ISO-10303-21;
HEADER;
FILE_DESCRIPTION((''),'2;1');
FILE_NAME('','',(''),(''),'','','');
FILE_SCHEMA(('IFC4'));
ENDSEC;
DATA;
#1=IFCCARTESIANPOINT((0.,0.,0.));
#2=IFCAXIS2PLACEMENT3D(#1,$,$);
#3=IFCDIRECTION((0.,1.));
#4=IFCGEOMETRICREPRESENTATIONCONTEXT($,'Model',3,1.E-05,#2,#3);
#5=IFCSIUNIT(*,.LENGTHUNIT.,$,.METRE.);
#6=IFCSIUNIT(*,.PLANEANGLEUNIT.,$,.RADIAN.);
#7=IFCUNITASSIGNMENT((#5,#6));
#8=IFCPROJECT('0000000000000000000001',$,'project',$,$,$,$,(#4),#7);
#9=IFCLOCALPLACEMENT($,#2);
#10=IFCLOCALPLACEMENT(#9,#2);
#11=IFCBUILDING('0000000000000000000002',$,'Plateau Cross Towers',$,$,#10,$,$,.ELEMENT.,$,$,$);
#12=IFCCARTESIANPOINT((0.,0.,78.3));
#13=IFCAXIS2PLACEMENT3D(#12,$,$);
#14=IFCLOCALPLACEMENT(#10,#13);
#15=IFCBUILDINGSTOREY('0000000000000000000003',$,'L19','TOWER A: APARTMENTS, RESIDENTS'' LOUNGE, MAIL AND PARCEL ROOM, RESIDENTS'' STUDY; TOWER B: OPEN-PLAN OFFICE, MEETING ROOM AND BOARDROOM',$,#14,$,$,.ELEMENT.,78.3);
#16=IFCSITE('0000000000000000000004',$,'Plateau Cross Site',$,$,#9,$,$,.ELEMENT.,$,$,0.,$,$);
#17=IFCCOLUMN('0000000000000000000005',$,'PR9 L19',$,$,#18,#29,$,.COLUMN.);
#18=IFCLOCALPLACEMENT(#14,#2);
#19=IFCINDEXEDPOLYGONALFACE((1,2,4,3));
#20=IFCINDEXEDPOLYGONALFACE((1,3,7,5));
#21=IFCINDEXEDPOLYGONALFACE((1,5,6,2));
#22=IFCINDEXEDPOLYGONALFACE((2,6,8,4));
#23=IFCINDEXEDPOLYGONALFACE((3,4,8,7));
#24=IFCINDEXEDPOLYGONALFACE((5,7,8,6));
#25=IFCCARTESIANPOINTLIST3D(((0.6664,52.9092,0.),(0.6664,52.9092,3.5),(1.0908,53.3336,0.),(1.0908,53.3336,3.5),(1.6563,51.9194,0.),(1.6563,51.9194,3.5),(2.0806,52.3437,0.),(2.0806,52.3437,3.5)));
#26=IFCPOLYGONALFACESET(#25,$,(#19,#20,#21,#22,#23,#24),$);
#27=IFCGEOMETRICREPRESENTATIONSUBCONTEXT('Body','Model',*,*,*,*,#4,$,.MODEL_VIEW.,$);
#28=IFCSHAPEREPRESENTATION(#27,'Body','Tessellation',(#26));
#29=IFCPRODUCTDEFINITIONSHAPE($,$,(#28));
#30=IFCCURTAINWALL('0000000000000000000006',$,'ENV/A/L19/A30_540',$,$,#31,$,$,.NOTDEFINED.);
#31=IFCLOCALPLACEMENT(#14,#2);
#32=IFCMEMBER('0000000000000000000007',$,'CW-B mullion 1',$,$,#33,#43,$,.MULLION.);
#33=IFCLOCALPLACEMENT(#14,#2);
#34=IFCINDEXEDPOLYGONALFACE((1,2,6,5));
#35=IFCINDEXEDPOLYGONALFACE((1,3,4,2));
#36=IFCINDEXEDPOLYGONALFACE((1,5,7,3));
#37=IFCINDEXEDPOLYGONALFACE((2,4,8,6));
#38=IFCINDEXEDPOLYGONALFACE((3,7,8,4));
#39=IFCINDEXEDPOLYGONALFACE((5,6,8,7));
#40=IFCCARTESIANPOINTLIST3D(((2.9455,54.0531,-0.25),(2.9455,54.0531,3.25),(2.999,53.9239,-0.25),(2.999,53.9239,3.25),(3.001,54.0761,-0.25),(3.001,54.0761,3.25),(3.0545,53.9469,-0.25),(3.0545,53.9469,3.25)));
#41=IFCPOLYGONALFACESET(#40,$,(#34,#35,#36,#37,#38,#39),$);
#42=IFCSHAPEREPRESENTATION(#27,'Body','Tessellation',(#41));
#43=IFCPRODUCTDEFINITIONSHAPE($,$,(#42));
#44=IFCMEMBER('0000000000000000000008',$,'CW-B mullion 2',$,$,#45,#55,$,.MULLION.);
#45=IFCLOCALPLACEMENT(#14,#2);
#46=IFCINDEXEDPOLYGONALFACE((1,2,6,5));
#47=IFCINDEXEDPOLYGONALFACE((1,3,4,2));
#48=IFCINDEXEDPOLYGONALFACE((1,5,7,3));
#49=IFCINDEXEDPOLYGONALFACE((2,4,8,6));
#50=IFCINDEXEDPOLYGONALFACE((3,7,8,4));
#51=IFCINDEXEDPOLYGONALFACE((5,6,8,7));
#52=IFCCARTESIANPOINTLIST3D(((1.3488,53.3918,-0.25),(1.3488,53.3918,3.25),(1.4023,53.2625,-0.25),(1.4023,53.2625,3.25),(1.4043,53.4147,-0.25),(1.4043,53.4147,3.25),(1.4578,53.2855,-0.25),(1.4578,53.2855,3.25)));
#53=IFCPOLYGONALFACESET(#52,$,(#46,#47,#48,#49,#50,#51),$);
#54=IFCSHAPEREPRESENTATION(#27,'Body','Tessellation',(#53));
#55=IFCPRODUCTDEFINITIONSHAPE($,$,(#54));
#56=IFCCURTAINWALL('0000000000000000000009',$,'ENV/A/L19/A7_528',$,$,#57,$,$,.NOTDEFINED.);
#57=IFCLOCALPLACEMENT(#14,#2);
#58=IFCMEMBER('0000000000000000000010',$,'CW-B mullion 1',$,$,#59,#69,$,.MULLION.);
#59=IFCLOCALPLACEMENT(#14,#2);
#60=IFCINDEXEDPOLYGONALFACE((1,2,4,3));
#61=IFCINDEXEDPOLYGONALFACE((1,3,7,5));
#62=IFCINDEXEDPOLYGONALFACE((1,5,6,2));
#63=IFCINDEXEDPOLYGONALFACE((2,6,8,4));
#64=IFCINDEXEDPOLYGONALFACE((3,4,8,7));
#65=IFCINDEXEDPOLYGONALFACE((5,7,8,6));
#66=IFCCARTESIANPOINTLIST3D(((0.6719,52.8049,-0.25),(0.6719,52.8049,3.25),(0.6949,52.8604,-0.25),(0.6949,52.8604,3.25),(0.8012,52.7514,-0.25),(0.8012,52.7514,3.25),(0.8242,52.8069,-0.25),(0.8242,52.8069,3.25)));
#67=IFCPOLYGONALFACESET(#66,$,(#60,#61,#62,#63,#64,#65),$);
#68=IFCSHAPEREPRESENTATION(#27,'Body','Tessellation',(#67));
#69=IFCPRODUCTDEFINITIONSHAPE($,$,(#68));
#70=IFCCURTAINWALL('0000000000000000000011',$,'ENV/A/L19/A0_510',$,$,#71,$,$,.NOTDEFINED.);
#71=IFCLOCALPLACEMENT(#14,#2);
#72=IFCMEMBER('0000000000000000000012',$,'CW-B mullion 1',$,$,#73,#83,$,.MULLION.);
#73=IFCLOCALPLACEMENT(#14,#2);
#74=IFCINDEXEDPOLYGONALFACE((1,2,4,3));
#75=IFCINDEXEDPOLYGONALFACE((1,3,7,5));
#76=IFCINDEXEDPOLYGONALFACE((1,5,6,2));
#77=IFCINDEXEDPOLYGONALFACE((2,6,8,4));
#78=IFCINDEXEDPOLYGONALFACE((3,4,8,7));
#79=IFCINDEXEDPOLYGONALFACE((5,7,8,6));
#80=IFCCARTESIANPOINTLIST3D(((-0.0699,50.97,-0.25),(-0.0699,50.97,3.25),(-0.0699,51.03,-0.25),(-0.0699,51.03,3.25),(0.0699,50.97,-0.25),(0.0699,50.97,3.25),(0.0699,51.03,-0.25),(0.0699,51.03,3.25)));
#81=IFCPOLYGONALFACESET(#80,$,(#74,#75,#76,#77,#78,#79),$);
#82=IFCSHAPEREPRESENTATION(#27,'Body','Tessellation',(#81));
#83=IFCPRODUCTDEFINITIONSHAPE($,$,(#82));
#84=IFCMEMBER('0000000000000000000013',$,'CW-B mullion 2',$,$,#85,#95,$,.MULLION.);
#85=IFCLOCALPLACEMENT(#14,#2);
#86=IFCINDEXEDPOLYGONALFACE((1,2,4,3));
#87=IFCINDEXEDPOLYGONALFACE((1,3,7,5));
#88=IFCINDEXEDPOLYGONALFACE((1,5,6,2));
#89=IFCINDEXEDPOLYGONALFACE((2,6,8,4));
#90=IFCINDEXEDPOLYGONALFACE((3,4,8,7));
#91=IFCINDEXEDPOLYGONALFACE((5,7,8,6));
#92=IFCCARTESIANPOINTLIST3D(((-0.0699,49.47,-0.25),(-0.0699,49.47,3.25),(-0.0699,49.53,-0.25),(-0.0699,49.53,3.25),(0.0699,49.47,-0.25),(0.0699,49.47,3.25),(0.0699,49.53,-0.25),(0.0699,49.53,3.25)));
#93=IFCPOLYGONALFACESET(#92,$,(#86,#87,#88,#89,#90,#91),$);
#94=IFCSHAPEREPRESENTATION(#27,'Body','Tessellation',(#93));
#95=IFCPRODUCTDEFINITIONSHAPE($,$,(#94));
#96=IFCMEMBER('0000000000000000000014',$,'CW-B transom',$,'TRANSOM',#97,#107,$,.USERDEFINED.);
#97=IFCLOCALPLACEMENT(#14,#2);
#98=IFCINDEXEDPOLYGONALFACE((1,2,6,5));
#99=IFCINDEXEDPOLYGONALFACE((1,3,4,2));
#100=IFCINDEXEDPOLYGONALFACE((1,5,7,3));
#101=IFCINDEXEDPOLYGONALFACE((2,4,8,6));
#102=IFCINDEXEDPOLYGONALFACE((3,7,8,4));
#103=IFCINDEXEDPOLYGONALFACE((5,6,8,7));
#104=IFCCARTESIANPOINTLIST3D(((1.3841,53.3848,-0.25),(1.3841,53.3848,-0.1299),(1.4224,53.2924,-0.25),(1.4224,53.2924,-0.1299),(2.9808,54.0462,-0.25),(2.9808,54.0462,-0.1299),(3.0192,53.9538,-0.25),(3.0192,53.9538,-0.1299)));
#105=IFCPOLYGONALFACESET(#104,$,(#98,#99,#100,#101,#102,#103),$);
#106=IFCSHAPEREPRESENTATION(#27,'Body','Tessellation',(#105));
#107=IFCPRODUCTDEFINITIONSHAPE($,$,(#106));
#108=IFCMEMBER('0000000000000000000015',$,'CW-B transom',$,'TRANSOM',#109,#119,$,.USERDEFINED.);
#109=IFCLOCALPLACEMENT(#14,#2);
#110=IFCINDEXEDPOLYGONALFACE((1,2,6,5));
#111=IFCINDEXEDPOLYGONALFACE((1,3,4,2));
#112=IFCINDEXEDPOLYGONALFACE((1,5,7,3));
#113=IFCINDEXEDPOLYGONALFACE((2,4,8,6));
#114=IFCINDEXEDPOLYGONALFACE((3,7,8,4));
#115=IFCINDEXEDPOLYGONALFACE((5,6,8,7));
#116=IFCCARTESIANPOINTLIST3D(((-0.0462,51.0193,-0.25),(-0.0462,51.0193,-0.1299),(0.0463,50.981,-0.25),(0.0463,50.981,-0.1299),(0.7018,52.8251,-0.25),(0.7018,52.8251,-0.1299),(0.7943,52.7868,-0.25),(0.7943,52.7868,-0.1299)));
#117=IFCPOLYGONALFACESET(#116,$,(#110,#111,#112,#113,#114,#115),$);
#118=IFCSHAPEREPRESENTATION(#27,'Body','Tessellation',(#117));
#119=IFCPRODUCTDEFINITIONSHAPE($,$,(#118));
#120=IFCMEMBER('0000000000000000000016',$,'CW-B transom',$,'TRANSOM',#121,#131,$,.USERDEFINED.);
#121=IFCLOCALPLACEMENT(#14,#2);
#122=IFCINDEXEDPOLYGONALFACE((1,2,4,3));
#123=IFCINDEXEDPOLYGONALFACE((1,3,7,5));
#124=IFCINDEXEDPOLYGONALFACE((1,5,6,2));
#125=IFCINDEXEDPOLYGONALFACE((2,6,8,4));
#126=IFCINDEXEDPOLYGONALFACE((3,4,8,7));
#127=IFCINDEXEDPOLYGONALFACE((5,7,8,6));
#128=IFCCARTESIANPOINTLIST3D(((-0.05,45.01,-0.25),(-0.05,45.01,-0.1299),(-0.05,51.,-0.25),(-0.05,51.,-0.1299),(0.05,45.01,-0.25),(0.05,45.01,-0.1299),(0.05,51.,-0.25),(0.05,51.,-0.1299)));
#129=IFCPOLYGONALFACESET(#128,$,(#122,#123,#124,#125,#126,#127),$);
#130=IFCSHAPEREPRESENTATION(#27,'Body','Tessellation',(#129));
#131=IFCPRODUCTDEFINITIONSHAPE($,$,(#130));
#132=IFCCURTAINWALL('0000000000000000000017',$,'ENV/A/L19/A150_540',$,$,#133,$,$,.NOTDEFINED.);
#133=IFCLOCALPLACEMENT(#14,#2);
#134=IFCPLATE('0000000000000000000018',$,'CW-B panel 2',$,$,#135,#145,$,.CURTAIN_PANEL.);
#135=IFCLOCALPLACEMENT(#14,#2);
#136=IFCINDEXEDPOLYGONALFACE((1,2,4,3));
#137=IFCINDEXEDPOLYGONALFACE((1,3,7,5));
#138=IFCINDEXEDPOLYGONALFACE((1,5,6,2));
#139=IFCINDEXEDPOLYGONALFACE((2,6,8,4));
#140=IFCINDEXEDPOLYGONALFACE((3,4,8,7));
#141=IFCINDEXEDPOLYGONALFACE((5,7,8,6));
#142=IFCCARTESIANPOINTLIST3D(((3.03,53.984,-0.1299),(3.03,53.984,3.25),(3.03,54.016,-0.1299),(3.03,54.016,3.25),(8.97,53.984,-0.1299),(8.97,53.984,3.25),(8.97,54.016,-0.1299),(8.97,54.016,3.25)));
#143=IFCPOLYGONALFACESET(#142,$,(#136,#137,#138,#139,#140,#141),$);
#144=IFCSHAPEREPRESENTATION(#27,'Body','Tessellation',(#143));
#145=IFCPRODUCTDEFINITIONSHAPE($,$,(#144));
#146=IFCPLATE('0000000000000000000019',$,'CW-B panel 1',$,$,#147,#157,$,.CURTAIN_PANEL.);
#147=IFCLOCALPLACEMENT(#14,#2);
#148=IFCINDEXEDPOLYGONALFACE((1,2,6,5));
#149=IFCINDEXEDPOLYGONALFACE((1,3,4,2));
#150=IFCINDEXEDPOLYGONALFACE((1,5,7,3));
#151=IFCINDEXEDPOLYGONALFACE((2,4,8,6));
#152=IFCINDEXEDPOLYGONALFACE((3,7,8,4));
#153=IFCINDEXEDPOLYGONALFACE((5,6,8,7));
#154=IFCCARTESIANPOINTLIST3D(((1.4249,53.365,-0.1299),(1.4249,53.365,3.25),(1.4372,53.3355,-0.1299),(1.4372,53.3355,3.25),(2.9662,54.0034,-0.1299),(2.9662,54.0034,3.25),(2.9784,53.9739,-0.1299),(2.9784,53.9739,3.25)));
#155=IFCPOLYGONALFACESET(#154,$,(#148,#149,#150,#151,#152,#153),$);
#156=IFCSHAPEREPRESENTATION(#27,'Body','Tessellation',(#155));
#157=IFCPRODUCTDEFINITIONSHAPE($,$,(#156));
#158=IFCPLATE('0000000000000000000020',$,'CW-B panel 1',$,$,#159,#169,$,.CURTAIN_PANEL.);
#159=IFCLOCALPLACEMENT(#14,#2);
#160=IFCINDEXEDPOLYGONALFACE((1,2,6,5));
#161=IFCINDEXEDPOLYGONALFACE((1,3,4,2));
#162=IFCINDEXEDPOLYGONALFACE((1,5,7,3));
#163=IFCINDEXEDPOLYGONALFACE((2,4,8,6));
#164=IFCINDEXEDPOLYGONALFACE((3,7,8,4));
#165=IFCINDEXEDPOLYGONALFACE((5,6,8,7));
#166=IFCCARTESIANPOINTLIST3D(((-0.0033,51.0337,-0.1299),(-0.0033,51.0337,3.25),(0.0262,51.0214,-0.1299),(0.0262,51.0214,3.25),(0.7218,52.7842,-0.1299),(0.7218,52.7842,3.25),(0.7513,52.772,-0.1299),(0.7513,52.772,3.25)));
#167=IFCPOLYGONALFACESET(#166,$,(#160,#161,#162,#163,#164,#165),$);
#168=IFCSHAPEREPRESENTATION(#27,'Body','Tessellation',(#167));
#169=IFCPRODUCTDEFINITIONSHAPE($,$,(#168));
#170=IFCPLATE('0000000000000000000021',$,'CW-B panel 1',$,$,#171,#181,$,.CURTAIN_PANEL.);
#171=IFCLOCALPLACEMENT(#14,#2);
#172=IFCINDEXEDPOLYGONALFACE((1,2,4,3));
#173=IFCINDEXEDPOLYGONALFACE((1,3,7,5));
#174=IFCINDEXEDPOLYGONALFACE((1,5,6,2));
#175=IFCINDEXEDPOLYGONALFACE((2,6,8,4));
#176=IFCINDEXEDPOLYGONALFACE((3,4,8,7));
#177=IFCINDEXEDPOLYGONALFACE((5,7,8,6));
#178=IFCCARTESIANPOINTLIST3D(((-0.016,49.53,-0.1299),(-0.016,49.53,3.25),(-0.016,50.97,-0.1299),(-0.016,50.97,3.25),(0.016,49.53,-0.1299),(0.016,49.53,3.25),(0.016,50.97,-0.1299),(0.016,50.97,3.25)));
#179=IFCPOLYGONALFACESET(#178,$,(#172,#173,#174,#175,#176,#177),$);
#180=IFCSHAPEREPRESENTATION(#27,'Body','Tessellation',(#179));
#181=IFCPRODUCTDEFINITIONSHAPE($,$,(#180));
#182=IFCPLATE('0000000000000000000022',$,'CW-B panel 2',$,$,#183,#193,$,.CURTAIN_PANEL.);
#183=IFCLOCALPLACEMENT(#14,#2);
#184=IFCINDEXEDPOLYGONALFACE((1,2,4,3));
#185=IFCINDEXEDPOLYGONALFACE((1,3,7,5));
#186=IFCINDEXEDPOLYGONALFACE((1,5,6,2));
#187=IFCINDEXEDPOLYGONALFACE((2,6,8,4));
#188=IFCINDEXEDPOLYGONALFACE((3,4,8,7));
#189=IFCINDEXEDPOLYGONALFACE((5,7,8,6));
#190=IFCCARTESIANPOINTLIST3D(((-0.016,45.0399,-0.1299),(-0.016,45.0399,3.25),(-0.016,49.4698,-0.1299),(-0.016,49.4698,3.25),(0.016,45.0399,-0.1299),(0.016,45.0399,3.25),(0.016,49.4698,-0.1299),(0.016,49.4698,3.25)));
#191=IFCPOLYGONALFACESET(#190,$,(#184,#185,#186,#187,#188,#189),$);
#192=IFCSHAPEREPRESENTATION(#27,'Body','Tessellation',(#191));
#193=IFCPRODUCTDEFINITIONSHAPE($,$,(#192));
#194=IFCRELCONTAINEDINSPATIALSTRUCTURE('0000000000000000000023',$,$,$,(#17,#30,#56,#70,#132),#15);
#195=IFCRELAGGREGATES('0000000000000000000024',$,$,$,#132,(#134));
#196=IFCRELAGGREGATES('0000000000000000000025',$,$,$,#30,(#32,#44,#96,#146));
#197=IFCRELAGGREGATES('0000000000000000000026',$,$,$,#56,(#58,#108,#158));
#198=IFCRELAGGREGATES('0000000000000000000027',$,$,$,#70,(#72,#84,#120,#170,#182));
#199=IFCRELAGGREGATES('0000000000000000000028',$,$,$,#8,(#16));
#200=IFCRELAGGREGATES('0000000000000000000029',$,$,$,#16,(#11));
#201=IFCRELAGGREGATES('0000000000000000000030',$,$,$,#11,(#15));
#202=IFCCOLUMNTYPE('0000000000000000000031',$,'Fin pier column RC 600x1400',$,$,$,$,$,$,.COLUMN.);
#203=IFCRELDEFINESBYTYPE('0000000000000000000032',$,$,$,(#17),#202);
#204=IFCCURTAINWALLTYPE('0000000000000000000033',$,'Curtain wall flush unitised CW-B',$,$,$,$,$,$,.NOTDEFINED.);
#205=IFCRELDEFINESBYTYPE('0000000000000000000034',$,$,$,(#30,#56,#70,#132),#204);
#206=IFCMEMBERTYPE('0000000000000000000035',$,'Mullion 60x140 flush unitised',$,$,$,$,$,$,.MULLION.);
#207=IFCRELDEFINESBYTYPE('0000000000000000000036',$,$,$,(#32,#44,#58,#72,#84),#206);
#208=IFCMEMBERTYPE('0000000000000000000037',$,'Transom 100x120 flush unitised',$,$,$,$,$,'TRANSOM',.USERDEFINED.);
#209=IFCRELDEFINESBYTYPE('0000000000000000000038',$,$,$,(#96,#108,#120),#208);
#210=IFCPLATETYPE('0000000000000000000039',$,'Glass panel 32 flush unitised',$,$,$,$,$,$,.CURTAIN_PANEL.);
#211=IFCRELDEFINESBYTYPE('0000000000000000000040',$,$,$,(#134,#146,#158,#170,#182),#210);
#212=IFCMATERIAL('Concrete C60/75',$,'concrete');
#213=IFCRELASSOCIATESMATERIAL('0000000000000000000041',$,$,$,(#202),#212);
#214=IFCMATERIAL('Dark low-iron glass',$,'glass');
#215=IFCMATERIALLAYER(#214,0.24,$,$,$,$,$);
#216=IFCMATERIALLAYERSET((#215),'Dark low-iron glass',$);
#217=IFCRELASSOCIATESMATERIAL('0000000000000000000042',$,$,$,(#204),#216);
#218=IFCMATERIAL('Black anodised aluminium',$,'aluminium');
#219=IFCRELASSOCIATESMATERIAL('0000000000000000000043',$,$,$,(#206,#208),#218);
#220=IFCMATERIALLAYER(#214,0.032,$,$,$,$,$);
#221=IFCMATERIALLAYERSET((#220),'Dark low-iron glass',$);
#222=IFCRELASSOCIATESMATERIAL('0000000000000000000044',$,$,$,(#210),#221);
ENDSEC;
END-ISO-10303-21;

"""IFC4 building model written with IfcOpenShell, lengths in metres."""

from ifc_helpers import new_model, si_unit, direction, frame, origin, origin_2d, place, context, subcontext, project, spatial, rectangle, extrude, material, layer, layer_set, material_profile, profile_set, type_object, element, aggregate, save


model = new_model("IFC4")

# Units and contexts
model_context = context("Model", 3, precision=1e-05, world=origin(), true_north=direction((0.0, 1.0)))
body_context = subcontext(model_context, "Body", "Model", "MODEL_VIEW")
ifc_project = project(units=[si_unit("LENGTHUNIT", "METRE"), si_unit("PLANEANGLEUNIT", "RADIAN")], contexts=[model_context])

# Site, building, storey
site_placement = place(None, origin())
site = spatial("IfcSite", under=ifc_project, at=site_placement, Name="Plateau Cross Site", CompositionType="ELEMENT", RefElevation=0.0)
building_placement = place(site_placement, origin())
building = spatial("IfcBuilding", under=site, at=building_placement, Name="Plateau Cross Towers", CompositionType="ELEMENT")
storey_placement = place(building_placement, frame((0.0, 0.0, 78.3)))
storey = spatial("IfcBuildingStorey", under=building, at=storey_placement, Name="L19", Description="TOWER A: APARTMENTS, RESIDENTS' LOUNGE, MAIL AND PARCEL ROOM, RESIDENTS' STUDY; TOWER B: OPEN-PLAN OFFICE, MEETING ROOM AND BOARDROOM", CompositionType="ELEMENT", Elevation=78.3)

# Column
ifc_material_1 = material(Name="Concrete C60/75", Category="concrete")
ifc_material_profile_1 = material_profile(ifc_material_1, rectangle(XDim=0.6001, YDim=1.3999, at=origin_2d()), Name="RC 600x1400")
ifc_profile_set_1 = profile_set([ifc_material_profile_1], Name="Concrete C60/75")
column_type = type_object("IfcColumnType", Name="Fin pier column RC 600x1400", PredefinedType="COLUMN", material=ifc_profile_set_1)
column_placement = place(storey_placement, frame((1.3735, 52.6265, 0.0), z_axis=(0.0, 0.0, 1.0), x_axis=(0.707107, 0.707107, 0.0)))
element("IfcColumn", 1, at=column_placement, inside=storey, type_object=column_type, Name="PR9 L19", PredefinedType="COLUMN", context=body_context, shape_type="SweptSolid", body=[
    extrude(rectangle(XDim=0.6001, YDim=1.3999, at=origin_2d()), origin(), (0.0, 0.0, 1.0), 3.5),
])

# Curtain wall, members
ifc_material_2 = material(Name="Dark low-iron glass", Category="glass")
ifc_layer_1 = layer(ifc_material_2, 0.24)
ifc_layer_set_1 = layer_set([ifc_layer_1], Name="Dark low-iron glass")
curtain_wall_type = type_object("IfcCurtainWallType", Name="Curtain wall flush unitised CW-B", PredefinedType="NOTDEFINED", material=ifc_layer_set_1)
curtain_wall_1_placement = place(storey_placement, origin())
curtain_wall_1 = element("IfcCurtainWall", 2, at=curtain_wall_1_placement, inside=storey, type_object=curtain_wall_type, Name="ENV/A/L19/A30_540", PredefinedType="NOTDEFINED")
ifc_material_3 = material(Name="Black anodised aluminium", Category="aluminium")
ifc_material_profile_2 = material_profile(ifc_material_3, rectangle(XDim=0.0601, YDim=0.1399, at=origin_2d()), Name="MULLION 60x140")
ifc_profile_set_2 = profile_set([ifc_material_profile_2], Name="Black anodised aluminium")
member_type_1 = type_object("IfcMemberType", Name="Mullion 60x140 flush unitised", PredefinedType="MULLION", material=ifc_profile_set_2)
member_1_placement = place(storey_placement, frame((3.0, 54.0, -0.25), z_axis=(0.0, 0.0, 1.0), x_axis=(-0.923879, -0.382684, 0.0)))
member_1 = element("IfcMember", 3, at=member_1_placement, type_object=member_type_1, Name="CW-B mullion 1", PredefinedType="MULLION", context=body_context, shape_type="SweptSolid", body=[
    extrude(rectangle(XDim=0.0601, YDim=0.1399, at=origin_2d()), origin(), (0.0, 0.0, 1.0), 3.5),
])
member_2_placement = place(storey_placement, frame((1.4033, 53.3386, -0.25), z_axis=(0.0, 0.0, 1.0), x_axis=(-0.923879, -0.382684, 0.0)))
member_2 = element("IfcMember", 4, at=member_2_placement, type_object=member_type_1, Name="CW-B mullion 2", PredefinedType="MULLION", context=body_context, shape_type="SweptSolid", body=[
    extrude(rectangle(XDim=0.0601, YDim=0.1399, at=origin_2d()), origin(), (0.0, 0.0, 1.0), 3.5),
])

# Curtain wall, member
curtain_wall_2_placement = place(storey_placement, origin())
curtain_wall_2 = element("IfcCurtainWall", 5, at=curtain_wall_2_placement, inside=storey, type_object=curtain_wall_type, Name="ENV/A/L19/A7_528", PredefinedType="NOTDEFINED")
member_3_placement = place(storey_placement, frame((0.748, 52.8059, -0.25), z_axis=(0.0, 0.0, 1.0), x_axis=(-0.382684, -0.923879, 0.0)))
member_3 = element("IfcMember", 6, at=member_3_placement, type_object=member_type_1, Name="CW-B mullion 1", PredefinedType="MULLION", context=body_context, shape_type="SweptSolid", body=[
    extrude(rectangle(XDim=0.0601, YDim=0.1399, at=origin_2d()), origin(), (0.0, 0.0, 1.0), 3.5),
])

# Curtain wall, members
curtain_wall_3_placement = place(storey_placement, origin())
curtain_wall_3 = element("IfcCurtainWall", 7, at=curtain_wall_3_placement, inside=storey, type_object=curtain_wall_type, Name="ENV/A/L19/A0_510", PredefinedType="NOTDEFINED")
member_4_placement = place(storey_placement, frame((0.0, 51.0, -0.25), z_axis=(0.0, 0.0, 1.0), x_axis=(0.0, -1.0, 0.0)))
member_4 = element("IfcMember", 8, at=member_4_placement, type_object=member_type_1, Name="CW-B mullion 1", PredefinedType="MULLION", context=body_context, shape_type="SweptSolid", body=[
    extrude(rectangle(XDim=0.0601, YDim=0.1399, at=origin_2d()), origin(), (0.0, 0.0, 1.0), 3.5),
])
member_5_placement = place(storey_placement, frame((0.0, 49.5, -0.25), z_axis=(0.0, 0.0, 1.0), x_axis=(0.0, -1.0, 0.0)))
member_5 = element("IfcMember", 9, at=member_5_placement, type_object=member_type_1, Name="CW-B mullion 2", PredefinedType="MULLION", context=body_context, shape_type="SweptSolid", body=[
    extrude(rectangle(XDim=0.0601, YDim=0.1399, at=origin_2d()), origin(), (0.0, 0.0, 1.0), 3.5),
])

# Members
ifc_material_profile_3 = material_profile(ifc_material_3, rectangle(XDim=0.1001, YDim=0.1201, at=origin_2d()), Name="TRANSOM 100x120")
ifc_profile_set_3 = profile_set([ifc_material_profile_3], Name="Black anodised aluminium")
member_type_2 = type_object("IfcMemberType", Name="Transom 100x120 flush unitised", ElementType="TRANSOM", PredefinedType="USERDEFINED", material=ifc_profile_set_3)
member_6_placement = place(storey_placement, frame((3.0, 54.0, -0.1899), z_axis=(-0.923877, -0.382689, 0.0), x_axis=(0.382689, -0.923877, 0.0)))
member_6 = element("IfcMember", 10, at=member_6_placement, type_object=member_type_2, Name="CW-B transom", ObjectType="TRANSOM", PredefinedType="USERDEFINED", context=body_context, shape_type="SweptSolid", body=[
    extrude(rectangle(XDim=0.1001, YDim=0.1201, at=origin_2d()), origin(), (0.0, 0.0, 1.0), 1.7283),
])
member_7_placement = place(storey_placement, frame((0.748, 52.8059, -0.1899), z_axis=(-0.38269, -0.923877, 0.0), x_axis=(0.923877, -0.38269, 0.0)))
member_7 = element("IfcMember", 11, at=member_7_placement, type_object=member_type_2, Name="CW-B transom", ObjectType="TRANSOM", PredefinedType="USERDEFINED", context=body_context, shape_type="SweptSolid", body=[
    extrude(rectangle(XDim=0.1001, YDim=0.1201, at=origin_2d()), origin(), (0.0, 0.0, 1.0), 1.9546),
])
member_8_placement = place(storey_placement, frame((0.0, 51.0, -0.1899), z_axis=(0.0, -1.0, 0.0), x_axis=(1.0, 0.0, 0.0)))
member_8 = element("IfcMember", 12, at=member_8_placement, type_object=member_type_2, Name="CW-B transom", ObjectType="TRANSOM", PredefinedType="USERDEFINED", context=body_context, shape_type="SweptSolid", body=[
    extrude(rectangle(XDim=0.1001, YDim=0.1201, at=origin_2d()), origin(), (0.0, 0.0, 1.0), 5.99),
])

# Curtain wall, plate
curtain_wall_4_placement = place(storey_placement, origin())
curtain_wall_4 = element("IfcCurtainWall", 13, at=curtain_wall_4_placement, inside=storey, type_object=curtain_wall_type, Name="ENV/A/L19/A150_540", PredefinedType="NOTDEFINED")
ifc_layer_2 = layer(ifc_material_2, 0.032)
ifc_layer_set_2 = layer_set([ifc_layer_2], Name="Dark low-iron glass")
plate_type = type_object("IfcPlateType", Name="Glass panel 32 flush unitised", PredefinedType="CURTAIN_PANEL", material=ifc_layer_set_2)
plate_1_placement = place(storey_placement, frame((6.0, 54.0, -0.1299), z_axis=(0.0, 0.0, 1.0), x_axis=(-1.0, 0.0, 0.0)))
plate_1 = element("IfcPlate", 14, at=plate_1_placement, type_object=plate_type, Name="CW-B panel 2", PredefinedType="CURTAIN_PANEL", context=body_context, shape_type="SweptSolid", body=[
    extrude(rectangle(XDim=5.9399, YDim=0.032, at=origin_2d()), origin(), (0.0, 0.0, 1.0), 3.3799),
])
aggregate(curtain_wall_4, [plate_1])

# Plates
plate_2_placement = place(storey_placement, frame((2.2017, 53.6694, -0.1299), z_axis=(0.0, 0.0, 1.0), x_axis=(-0.923879, -0.382684, 0.0)))
plate_2 = element("IfcPlate", 15, at=plate_2_placement, type_object=plate_type, Name="CW-B panel 1", PredefinedType="CURTAIN_PANEL", context=body_context, shape_type="SweptSolid", body=[
    extrude(rectangle(XDim=1.6682, YDim=0.032, at=origin_2d()), origin(), (0.0, 0.0, 1.0), 3.3799),
])
aggregate(curtain_wall_1, [member_1, member_2, member_6, plate_2])
plate_3_placement = place(storey_placement, frame((0.374, 51.9028, -0.1299), z_axis=(0.0, 0.0, 1.0), x_axis=(-0.382684, -0.923879, 0.0)))
plate_3 = element("IfcPlate", 16, at=plate_3_placement, type_object=plate_type, Name="CW-B panel 1", PredefinedType="CURTAIN_PANEL", context=body_context, shape_type="SweptSolid", body=[
    extrude(rectangle(XDim=1.8948, YDim=0.032, at=origin_2d()), origin(), (0.0, 0.0, 1.0), 3.3799),
])
aggregate(curtain_wall_2, [member_3, member_7, plate_3])
plate_4_placement = place(storey_placement, frame((0.0, 50.25, -0.1299), z_axis=(0.0, 0.0, 1.0), x_axis=(0.0, -1.0, 0.0)))
plate_4 = element("IfcPlate", 17, at=plate_4_placement, type_object=plate_type, Name="CW-B panel 1", PredefinedType="CURTAIN_PANEL", context=body_context, shape_type="SweptSolid", body=[
    extrude(rectangle(XDim=1.4399, YDim=0.032, at=origin_2d()), origin(), (0.0, 0.0, 1.0), 3.3799),
])
plate_5_placement = place(storey_placement, frame((0.0, 47.2549, -0.1299), z_axis=(0.0, 0.0, 1.0), x_axis=(0.0, -1.0, 0.0)))
plate_5 = element("IfcPlate", 18, at=plate_5_placement, type_object=plate_type, Name="CW-B panel 2", PredefinedType="CURTAIN_PANEL", context=body_context, shape_type="SweptSolid", body=[
    extrude(rectangle(XDim=4.4299, YDim=0.032, at=origin_2d()), origin(), (0.0, 0.0, 1.0), 3.3799),
])
aggregate(curtain_wall_3, [member_4, member_5, member_8, plate_4, plate_5])

save(model, "model.ifc")
